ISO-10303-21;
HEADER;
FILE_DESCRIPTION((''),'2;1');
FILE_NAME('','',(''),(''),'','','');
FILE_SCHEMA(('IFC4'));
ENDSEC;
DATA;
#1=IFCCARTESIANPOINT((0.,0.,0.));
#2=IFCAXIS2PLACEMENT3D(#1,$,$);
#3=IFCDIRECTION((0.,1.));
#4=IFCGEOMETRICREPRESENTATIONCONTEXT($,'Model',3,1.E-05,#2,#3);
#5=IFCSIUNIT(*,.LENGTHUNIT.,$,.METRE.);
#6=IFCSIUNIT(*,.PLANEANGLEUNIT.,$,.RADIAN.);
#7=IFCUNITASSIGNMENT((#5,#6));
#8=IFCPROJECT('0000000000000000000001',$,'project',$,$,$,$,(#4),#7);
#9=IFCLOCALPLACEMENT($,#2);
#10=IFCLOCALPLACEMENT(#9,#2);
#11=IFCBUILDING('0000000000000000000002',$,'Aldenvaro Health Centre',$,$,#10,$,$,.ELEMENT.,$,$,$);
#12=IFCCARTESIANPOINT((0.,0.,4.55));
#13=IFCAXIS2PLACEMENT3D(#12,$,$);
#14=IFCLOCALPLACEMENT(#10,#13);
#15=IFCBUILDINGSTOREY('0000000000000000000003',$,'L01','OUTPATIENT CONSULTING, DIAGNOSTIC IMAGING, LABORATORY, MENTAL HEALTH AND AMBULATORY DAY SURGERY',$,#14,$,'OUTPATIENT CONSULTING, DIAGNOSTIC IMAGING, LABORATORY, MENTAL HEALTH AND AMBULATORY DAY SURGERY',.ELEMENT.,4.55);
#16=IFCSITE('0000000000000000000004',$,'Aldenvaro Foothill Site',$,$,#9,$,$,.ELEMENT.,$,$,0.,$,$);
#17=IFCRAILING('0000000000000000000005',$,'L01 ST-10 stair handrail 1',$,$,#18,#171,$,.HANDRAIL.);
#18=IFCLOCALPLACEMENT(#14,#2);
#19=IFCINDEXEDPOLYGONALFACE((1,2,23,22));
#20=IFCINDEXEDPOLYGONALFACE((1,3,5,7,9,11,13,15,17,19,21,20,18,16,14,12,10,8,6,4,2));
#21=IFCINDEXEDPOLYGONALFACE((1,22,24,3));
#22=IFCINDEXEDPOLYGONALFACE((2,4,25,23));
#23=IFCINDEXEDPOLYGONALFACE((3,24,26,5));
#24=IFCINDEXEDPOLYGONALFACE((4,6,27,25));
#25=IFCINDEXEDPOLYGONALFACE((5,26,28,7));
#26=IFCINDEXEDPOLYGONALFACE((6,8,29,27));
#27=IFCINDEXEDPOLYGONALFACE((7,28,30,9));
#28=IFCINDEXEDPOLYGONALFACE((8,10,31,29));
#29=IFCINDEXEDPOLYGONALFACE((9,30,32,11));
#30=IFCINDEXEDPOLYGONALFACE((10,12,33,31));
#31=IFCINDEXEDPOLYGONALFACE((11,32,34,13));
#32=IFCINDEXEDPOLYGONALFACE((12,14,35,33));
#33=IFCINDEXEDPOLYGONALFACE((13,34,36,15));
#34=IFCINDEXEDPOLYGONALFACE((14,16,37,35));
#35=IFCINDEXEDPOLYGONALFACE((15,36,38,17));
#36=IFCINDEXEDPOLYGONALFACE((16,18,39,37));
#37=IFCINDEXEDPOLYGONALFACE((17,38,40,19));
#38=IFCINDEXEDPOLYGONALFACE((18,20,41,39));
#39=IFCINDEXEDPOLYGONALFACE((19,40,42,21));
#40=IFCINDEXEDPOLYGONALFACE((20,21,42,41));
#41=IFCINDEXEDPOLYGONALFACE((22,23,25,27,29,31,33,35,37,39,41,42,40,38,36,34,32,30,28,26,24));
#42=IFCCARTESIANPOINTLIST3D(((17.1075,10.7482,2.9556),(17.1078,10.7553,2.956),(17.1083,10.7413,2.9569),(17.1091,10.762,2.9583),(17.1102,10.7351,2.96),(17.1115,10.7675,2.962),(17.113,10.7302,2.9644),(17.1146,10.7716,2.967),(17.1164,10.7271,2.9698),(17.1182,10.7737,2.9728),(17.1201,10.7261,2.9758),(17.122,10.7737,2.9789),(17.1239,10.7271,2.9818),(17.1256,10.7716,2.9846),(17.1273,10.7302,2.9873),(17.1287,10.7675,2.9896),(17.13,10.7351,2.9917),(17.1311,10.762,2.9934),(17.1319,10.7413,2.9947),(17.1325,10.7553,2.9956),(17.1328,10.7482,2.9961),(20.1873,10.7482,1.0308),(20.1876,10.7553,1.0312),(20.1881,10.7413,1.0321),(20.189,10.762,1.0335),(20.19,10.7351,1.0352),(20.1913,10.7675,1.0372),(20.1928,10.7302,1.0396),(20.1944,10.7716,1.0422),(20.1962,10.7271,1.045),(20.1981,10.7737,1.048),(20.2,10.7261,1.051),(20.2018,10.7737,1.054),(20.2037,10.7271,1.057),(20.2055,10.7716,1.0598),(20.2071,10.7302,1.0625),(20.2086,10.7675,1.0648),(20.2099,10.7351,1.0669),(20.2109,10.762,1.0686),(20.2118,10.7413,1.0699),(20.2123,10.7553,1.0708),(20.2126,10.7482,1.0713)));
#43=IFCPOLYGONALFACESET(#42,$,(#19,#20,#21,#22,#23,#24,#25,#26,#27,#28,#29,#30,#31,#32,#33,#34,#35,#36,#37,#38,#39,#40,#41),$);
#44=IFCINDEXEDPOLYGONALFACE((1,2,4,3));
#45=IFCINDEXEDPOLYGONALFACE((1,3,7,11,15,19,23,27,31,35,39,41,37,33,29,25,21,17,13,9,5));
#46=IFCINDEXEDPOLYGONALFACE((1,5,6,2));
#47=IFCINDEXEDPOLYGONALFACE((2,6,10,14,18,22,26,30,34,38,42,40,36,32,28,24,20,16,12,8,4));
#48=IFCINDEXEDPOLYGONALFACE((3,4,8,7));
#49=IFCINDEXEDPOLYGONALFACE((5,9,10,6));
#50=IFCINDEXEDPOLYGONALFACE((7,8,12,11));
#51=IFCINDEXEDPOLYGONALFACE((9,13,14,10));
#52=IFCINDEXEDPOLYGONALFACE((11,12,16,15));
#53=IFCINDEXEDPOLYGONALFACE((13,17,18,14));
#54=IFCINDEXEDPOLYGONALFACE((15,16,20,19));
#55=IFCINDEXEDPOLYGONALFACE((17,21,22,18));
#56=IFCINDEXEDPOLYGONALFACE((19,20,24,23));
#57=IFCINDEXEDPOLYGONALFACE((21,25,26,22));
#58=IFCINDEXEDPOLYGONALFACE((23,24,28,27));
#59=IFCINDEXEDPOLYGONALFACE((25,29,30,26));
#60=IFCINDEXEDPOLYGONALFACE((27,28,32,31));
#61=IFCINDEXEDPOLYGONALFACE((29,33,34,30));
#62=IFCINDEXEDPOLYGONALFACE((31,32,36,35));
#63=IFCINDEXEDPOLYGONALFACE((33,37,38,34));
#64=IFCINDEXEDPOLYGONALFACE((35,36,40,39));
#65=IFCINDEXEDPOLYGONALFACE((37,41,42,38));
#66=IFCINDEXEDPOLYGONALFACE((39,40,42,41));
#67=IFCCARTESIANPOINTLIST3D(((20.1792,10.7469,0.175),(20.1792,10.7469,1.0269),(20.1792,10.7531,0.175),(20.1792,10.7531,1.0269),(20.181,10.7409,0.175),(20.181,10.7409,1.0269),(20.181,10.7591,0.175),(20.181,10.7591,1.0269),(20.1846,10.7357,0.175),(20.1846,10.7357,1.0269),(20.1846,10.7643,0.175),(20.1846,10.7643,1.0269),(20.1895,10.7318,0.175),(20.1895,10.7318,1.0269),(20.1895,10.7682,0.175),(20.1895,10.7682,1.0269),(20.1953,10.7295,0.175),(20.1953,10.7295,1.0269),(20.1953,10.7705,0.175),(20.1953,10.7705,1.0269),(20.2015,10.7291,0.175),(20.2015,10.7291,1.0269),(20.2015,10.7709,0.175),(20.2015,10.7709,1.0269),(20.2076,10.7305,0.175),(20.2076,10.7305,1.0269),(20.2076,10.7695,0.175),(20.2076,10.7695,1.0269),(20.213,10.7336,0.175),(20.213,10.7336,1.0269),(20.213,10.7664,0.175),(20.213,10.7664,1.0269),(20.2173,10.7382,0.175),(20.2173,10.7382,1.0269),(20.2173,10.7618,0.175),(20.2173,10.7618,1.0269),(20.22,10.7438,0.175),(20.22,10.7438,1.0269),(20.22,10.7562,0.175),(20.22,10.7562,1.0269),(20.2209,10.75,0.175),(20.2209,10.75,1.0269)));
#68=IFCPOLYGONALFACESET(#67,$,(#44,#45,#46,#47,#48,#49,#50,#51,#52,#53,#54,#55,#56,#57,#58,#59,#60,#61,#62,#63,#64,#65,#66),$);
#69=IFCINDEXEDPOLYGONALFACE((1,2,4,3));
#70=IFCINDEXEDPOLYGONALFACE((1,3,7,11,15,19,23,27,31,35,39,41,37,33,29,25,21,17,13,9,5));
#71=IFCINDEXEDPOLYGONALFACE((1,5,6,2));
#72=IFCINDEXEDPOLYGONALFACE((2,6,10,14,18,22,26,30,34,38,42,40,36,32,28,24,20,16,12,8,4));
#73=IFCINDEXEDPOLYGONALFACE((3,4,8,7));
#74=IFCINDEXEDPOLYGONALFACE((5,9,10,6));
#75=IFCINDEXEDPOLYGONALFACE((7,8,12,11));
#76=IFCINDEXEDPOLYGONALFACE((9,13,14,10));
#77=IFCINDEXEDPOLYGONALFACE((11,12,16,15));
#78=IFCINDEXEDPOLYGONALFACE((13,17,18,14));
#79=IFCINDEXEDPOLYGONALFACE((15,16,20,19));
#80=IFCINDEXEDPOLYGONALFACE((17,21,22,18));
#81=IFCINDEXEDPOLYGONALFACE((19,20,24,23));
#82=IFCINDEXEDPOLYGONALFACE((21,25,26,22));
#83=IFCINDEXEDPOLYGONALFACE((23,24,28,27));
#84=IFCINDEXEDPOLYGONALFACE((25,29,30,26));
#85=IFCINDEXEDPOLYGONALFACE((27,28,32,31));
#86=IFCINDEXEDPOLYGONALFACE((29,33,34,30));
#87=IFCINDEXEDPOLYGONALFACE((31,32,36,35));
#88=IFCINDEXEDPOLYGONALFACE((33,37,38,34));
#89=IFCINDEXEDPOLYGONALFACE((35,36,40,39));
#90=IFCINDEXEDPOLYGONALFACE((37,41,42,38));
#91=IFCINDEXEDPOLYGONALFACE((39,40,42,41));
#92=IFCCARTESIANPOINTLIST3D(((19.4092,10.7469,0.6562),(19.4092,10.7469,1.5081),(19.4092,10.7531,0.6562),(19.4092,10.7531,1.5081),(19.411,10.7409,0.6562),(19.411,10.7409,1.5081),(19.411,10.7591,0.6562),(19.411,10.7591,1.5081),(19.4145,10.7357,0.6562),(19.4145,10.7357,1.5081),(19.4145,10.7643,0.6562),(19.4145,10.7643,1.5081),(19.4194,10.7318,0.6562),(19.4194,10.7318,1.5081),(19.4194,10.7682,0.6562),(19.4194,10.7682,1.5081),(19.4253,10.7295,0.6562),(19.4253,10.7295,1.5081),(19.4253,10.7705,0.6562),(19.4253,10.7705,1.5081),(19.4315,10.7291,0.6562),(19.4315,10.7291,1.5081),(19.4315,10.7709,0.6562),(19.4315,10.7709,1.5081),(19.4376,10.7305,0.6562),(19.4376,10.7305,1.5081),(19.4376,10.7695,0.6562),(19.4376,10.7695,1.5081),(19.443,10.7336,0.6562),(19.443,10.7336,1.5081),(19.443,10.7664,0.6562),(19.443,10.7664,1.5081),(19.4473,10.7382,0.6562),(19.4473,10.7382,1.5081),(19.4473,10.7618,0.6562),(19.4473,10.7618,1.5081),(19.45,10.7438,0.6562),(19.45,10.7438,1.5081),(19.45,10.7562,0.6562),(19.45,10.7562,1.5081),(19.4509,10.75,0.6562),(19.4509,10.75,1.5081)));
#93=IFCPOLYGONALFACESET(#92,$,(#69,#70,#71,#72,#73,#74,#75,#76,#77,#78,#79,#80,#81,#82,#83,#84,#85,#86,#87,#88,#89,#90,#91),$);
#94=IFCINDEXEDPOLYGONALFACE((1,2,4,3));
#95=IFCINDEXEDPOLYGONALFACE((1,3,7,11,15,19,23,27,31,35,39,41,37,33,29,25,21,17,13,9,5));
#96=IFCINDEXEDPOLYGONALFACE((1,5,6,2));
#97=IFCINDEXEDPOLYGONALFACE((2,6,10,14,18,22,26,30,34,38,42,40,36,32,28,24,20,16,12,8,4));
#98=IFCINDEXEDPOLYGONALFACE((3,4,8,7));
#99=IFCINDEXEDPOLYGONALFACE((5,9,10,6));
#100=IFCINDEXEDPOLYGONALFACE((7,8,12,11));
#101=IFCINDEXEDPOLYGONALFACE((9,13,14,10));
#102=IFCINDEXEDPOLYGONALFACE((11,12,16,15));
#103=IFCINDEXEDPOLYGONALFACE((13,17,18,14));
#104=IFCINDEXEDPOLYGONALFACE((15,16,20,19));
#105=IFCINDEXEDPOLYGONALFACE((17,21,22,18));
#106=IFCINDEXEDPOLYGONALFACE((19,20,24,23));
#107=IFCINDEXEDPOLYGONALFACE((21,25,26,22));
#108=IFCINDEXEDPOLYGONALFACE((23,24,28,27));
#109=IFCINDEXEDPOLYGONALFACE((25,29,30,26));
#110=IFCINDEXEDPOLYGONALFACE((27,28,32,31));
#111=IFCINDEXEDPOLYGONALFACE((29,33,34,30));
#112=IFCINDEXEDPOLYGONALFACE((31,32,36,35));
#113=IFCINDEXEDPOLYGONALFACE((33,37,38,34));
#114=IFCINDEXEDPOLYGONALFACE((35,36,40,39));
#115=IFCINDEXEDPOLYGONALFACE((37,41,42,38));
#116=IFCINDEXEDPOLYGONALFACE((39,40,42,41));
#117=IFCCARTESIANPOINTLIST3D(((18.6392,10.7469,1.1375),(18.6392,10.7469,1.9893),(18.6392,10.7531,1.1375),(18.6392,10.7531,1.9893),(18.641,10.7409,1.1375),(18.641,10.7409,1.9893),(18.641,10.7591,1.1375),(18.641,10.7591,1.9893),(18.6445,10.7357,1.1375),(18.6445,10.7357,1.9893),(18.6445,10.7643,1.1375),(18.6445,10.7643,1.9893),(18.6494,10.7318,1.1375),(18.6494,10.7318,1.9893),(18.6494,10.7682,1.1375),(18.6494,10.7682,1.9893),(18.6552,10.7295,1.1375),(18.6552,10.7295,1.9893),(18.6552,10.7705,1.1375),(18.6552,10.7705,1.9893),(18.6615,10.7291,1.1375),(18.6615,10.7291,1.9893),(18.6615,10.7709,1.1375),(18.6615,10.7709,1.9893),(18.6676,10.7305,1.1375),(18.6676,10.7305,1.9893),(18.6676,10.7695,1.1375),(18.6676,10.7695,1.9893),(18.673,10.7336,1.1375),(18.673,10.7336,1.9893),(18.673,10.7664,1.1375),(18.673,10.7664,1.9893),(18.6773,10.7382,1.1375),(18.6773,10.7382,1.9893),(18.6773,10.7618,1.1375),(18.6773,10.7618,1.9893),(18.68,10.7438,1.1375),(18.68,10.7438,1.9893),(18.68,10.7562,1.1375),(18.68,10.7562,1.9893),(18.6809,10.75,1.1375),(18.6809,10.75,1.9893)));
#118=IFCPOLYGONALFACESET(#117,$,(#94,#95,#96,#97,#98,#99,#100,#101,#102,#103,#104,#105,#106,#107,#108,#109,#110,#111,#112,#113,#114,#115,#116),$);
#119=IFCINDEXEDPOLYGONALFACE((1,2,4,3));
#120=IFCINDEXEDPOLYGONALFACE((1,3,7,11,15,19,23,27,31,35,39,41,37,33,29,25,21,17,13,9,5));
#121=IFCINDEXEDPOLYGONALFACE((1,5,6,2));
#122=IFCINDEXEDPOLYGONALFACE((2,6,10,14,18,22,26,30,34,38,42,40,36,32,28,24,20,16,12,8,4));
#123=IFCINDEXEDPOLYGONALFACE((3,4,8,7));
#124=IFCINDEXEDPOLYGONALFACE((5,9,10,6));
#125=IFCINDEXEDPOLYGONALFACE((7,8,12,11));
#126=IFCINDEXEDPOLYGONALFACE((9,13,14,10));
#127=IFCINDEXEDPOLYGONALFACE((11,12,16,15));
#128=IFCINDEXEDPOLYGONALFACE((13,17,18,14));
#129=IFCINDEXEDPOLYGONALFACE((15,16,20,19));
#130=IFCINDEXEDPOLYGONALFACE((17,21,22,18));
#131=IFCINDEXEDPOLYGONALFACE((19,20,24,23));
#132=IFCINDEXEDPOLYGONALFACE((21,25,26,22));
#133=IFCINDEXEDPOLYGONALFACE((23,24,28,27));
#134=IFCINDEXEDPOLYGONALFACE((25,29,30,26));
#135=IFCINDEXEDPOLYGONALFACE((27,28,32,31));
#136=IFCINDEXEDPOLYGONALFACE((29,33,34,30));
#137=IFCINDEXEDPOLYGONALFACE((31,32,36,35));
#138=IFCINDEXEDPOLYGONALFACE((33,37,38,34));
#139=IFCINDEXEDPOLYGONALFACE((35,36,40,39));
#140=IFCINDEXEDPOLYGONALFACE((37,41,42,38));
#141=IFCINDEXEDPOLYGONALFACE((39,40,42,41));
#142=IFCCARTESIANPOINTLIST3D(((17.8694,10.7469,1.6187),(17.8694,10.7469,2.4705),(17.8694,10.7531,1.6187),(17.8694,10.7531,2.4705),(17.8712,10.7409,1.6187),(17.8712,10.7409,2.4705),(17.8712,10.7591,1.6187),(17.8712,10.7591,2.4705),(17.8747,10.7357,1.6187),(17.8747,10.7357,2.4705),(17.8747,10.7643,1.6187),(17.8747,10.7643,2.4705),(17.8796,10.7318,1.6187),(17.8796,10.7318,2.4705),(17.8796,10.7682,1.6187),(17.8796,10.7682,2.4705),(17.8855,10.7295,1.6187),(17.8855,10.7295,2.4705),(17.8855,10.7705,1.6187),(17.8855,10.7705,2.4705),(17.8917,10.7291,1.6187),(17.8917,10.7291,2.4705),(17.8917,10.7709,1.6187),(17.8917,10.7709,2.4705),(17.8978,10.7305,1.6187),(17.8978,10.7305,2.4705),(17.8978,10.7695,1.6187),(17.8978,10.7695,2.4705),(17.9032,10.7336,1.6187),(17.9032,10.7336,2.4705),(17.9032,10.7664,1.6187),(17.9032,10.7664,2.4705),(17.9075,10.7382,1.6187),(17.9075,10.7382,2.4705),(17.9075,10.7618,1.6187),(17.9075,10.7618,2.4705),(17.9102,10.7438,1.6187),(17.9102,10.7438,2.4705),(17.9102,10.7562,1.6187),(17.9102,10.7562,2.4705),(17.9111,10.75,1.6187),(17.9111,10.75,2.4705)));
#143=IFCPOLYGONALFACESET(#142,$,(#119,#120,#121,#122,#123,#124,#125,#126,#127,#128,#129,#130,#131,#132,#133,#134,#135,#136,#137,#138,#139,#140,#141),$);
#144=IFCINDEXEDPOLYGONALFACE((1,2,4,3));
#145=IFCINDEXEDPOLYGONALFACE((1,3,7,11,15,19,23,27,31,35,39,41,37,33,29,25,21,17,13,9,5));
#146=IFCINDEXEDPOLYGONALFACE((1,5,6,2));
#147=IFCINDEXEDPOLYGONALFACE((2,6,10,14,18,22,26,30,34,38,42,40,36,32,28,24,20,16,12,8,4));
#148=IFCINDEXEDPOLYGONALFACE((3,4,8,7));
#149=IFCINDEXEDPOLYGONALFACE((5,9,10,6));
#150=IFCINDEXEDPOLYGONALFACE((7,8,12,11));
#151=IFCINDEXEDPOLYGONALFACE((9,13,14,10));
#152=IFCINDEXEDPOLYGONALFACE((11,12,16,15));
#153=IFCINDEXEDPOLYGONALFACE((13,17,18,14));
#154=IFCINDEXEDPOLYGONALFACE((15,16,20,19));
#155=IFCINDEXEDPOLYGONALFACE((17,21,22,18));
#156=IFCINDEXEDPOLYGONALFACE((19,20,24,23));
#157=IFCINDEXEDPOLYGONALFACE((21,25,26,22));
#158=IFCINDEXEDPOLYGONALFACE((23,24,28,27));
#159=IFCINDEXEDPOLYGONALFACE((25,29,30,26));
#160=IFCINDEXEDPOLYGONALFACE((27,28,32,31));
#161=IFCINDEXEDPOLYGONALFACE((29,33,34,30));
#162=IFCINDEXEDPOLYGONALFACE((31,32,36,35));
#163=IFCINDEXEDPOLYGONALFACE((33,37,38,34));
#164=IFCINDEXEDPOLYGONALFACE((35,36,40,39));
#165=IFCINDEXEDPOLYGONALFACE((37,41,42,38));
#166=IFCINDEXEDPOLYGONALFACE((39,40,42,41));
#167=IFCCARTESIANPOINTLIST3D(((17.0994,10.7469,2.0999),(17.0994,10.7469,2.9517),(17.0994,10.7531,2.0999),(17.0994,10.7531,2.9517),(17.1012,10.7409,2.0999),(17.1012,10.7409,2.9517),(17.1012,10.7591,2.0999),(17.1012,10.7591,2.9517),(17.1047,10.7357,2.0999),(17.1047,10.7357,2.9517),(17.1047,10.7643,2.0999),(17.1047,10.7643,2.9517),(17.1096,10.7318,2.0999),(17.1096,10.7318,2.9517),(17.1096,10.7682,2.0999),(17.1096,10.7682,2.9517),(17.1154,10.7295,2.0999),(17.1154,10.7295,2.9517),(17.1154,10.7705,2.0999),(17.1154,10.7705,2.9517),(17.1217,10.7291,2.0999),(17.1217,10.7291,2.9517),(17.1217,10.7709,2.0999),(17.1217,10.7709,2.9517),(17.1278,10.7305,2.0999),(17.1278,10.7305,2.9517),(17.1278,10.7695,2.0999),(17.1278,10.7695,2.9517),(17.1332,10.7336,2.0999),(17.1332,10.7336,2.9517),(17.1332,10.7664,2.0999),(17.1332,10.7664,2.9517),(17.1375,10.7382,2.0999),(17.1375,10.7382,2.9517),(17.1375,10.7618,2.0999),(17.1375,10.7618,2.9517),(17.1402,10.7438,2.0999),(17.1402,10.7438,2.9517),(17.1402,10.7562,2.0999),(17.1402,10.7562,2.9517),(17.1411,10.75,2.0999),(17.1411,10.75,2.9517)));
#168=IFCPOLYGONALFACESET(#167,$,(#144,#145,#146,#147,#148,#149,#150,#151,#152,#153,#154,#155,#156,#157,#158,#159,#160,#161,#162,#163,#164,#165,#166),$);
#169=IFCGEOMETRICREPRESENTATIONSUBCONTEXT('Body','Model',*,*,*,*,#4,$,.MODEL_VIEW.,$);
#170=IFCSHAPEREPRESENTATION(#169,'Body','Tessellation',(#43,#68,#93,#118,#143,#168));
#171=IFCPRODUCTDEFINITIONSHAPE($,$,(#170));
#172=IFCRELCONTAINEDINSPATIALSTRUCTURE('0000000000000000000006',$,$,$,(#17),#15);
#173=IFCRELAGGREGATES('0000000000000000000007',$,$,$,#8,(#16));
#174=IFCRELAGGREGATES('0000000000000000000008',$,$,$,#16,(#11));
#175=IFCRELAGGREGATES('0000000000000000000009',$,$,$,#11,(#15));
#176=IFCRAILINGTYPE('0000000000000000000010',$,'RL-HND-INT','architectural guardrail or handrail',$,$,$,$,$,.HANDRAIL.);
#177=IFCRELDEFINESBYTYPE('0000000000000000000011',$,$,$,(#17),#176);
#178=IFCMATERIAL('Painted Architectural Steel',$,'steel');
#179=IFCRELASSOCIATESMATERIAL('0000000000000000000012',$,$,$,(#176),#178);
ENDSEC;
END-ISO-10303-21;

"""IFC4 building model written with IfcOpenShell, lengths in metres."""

from ifc_helpers import new_model, si_unit, direction, frame, origin, origin_2d, place, context, subcontext, project, spatial, circle, extrude, material, type_object, element, save


model = new_model("IFC4")

# Units and contexts
model_context = context("Model", 3, precision=1e-05, world=origin(), true_north=direction((0.0, 1.0)))
body_context = subcontext(model_context, "Body", "Model", "MODEL_VIEW")
ifc_project = project(units=[si_unit("LENGTHUNIT", "METRE"), si_unit("PLANEANGLEUNIT", "RADIAN")], contexts=[model_context])

# Site, building, storey
site_placement = place(None, origin())
site = spatial("IfcSite", under=ifc_project, at=site_placement, Name="Aldenvaro Foothill Site", CompositionType="ELEMENT", RefElevation=0.0)
building_placement = place(site_placement, origin())
building = spatial("IfcBuilding", under=site, at=building_placement, Name="Aldenvaro Health Centre", CompositionType="ELEMENT")
storey_placement = place(building_placement, frame((0.0, 0.0, 4.55)))
storey = spatial("IfcBuildingStorey", under=building, at=storey_placement, Name="L01", Description="OUTPATIENT CONSULTING, DIAGNOSTIC IMAGING, LABORATORY, MENTAL HEALTH AND AMBULATORY DAY SURGERY", LongName="OUTPATIENT CONSULTING, DIAGNOSTIC IMAGING, LABORATORY, MENTAL HEALTH AND AMBULATORY DAY SURGERY", CompositionType="ELEMENT", Elevation=4.55)

# Railing
ifc_material_1 = material(Name="Painted Architectural Steel", Category="steel")
railing_type_1 = type_object("IfcRailingType", Name="RL-HND-INT", Description="architectural guardrail or handrail", PredefinedType="HANDRAIL", material=ifc_material_1)
railing_1_placement = place(storey_placement, frame((20.2, 10.75, 0.175)))
element("IfcRailing", 1, at=railing_1_placement, inside=storey, type_object=railing_type_1, Name="L01 ST-10 stair handrail 1", PredefinedType="HANDRAIL", context=body_context, shape_type="SweptSolid", body=[
    extrude(circle(Radius=0.0239, at=origin_2d()), frame((0.0, 0.0, 0.876), z_axis=(-0.84801, 0.0, 0.529981), x_axis=(0.0, -1.0, 0.0)), (0.0, 0.0, 1.0), 3.6318),
    extrude(circle(Radius=0.021, at=origin_2d()), origin(), (0.0, 0.0, 1.0), 0.8518),
    extrude(circle(Radius=0.021, at=origin_2d()), frame((-0.77, 0.0, 0.4812)), (0.0, 0.0, 1.0), 0.8518),
    extrude(circle(Radius=0.021, at=origin_2d()), frame((-1.54, 0.0, 0.9624)), (0.0, 0.0, 1.0), 0.8518),
    extrude(circle(Radius=0.021, at=origin_2d()), frame((-2.3098, 0.0, 1.4436)), (0.0, 0.0, 1.0), 0.8518),
    extrude(circle(Radius=0.021, at=origin_2d()), frame((-3.0798, 0.0, 1.9248)), (0.0, 0.0, 1.0), 0.8518),
])

save(model, "model.ifc")
